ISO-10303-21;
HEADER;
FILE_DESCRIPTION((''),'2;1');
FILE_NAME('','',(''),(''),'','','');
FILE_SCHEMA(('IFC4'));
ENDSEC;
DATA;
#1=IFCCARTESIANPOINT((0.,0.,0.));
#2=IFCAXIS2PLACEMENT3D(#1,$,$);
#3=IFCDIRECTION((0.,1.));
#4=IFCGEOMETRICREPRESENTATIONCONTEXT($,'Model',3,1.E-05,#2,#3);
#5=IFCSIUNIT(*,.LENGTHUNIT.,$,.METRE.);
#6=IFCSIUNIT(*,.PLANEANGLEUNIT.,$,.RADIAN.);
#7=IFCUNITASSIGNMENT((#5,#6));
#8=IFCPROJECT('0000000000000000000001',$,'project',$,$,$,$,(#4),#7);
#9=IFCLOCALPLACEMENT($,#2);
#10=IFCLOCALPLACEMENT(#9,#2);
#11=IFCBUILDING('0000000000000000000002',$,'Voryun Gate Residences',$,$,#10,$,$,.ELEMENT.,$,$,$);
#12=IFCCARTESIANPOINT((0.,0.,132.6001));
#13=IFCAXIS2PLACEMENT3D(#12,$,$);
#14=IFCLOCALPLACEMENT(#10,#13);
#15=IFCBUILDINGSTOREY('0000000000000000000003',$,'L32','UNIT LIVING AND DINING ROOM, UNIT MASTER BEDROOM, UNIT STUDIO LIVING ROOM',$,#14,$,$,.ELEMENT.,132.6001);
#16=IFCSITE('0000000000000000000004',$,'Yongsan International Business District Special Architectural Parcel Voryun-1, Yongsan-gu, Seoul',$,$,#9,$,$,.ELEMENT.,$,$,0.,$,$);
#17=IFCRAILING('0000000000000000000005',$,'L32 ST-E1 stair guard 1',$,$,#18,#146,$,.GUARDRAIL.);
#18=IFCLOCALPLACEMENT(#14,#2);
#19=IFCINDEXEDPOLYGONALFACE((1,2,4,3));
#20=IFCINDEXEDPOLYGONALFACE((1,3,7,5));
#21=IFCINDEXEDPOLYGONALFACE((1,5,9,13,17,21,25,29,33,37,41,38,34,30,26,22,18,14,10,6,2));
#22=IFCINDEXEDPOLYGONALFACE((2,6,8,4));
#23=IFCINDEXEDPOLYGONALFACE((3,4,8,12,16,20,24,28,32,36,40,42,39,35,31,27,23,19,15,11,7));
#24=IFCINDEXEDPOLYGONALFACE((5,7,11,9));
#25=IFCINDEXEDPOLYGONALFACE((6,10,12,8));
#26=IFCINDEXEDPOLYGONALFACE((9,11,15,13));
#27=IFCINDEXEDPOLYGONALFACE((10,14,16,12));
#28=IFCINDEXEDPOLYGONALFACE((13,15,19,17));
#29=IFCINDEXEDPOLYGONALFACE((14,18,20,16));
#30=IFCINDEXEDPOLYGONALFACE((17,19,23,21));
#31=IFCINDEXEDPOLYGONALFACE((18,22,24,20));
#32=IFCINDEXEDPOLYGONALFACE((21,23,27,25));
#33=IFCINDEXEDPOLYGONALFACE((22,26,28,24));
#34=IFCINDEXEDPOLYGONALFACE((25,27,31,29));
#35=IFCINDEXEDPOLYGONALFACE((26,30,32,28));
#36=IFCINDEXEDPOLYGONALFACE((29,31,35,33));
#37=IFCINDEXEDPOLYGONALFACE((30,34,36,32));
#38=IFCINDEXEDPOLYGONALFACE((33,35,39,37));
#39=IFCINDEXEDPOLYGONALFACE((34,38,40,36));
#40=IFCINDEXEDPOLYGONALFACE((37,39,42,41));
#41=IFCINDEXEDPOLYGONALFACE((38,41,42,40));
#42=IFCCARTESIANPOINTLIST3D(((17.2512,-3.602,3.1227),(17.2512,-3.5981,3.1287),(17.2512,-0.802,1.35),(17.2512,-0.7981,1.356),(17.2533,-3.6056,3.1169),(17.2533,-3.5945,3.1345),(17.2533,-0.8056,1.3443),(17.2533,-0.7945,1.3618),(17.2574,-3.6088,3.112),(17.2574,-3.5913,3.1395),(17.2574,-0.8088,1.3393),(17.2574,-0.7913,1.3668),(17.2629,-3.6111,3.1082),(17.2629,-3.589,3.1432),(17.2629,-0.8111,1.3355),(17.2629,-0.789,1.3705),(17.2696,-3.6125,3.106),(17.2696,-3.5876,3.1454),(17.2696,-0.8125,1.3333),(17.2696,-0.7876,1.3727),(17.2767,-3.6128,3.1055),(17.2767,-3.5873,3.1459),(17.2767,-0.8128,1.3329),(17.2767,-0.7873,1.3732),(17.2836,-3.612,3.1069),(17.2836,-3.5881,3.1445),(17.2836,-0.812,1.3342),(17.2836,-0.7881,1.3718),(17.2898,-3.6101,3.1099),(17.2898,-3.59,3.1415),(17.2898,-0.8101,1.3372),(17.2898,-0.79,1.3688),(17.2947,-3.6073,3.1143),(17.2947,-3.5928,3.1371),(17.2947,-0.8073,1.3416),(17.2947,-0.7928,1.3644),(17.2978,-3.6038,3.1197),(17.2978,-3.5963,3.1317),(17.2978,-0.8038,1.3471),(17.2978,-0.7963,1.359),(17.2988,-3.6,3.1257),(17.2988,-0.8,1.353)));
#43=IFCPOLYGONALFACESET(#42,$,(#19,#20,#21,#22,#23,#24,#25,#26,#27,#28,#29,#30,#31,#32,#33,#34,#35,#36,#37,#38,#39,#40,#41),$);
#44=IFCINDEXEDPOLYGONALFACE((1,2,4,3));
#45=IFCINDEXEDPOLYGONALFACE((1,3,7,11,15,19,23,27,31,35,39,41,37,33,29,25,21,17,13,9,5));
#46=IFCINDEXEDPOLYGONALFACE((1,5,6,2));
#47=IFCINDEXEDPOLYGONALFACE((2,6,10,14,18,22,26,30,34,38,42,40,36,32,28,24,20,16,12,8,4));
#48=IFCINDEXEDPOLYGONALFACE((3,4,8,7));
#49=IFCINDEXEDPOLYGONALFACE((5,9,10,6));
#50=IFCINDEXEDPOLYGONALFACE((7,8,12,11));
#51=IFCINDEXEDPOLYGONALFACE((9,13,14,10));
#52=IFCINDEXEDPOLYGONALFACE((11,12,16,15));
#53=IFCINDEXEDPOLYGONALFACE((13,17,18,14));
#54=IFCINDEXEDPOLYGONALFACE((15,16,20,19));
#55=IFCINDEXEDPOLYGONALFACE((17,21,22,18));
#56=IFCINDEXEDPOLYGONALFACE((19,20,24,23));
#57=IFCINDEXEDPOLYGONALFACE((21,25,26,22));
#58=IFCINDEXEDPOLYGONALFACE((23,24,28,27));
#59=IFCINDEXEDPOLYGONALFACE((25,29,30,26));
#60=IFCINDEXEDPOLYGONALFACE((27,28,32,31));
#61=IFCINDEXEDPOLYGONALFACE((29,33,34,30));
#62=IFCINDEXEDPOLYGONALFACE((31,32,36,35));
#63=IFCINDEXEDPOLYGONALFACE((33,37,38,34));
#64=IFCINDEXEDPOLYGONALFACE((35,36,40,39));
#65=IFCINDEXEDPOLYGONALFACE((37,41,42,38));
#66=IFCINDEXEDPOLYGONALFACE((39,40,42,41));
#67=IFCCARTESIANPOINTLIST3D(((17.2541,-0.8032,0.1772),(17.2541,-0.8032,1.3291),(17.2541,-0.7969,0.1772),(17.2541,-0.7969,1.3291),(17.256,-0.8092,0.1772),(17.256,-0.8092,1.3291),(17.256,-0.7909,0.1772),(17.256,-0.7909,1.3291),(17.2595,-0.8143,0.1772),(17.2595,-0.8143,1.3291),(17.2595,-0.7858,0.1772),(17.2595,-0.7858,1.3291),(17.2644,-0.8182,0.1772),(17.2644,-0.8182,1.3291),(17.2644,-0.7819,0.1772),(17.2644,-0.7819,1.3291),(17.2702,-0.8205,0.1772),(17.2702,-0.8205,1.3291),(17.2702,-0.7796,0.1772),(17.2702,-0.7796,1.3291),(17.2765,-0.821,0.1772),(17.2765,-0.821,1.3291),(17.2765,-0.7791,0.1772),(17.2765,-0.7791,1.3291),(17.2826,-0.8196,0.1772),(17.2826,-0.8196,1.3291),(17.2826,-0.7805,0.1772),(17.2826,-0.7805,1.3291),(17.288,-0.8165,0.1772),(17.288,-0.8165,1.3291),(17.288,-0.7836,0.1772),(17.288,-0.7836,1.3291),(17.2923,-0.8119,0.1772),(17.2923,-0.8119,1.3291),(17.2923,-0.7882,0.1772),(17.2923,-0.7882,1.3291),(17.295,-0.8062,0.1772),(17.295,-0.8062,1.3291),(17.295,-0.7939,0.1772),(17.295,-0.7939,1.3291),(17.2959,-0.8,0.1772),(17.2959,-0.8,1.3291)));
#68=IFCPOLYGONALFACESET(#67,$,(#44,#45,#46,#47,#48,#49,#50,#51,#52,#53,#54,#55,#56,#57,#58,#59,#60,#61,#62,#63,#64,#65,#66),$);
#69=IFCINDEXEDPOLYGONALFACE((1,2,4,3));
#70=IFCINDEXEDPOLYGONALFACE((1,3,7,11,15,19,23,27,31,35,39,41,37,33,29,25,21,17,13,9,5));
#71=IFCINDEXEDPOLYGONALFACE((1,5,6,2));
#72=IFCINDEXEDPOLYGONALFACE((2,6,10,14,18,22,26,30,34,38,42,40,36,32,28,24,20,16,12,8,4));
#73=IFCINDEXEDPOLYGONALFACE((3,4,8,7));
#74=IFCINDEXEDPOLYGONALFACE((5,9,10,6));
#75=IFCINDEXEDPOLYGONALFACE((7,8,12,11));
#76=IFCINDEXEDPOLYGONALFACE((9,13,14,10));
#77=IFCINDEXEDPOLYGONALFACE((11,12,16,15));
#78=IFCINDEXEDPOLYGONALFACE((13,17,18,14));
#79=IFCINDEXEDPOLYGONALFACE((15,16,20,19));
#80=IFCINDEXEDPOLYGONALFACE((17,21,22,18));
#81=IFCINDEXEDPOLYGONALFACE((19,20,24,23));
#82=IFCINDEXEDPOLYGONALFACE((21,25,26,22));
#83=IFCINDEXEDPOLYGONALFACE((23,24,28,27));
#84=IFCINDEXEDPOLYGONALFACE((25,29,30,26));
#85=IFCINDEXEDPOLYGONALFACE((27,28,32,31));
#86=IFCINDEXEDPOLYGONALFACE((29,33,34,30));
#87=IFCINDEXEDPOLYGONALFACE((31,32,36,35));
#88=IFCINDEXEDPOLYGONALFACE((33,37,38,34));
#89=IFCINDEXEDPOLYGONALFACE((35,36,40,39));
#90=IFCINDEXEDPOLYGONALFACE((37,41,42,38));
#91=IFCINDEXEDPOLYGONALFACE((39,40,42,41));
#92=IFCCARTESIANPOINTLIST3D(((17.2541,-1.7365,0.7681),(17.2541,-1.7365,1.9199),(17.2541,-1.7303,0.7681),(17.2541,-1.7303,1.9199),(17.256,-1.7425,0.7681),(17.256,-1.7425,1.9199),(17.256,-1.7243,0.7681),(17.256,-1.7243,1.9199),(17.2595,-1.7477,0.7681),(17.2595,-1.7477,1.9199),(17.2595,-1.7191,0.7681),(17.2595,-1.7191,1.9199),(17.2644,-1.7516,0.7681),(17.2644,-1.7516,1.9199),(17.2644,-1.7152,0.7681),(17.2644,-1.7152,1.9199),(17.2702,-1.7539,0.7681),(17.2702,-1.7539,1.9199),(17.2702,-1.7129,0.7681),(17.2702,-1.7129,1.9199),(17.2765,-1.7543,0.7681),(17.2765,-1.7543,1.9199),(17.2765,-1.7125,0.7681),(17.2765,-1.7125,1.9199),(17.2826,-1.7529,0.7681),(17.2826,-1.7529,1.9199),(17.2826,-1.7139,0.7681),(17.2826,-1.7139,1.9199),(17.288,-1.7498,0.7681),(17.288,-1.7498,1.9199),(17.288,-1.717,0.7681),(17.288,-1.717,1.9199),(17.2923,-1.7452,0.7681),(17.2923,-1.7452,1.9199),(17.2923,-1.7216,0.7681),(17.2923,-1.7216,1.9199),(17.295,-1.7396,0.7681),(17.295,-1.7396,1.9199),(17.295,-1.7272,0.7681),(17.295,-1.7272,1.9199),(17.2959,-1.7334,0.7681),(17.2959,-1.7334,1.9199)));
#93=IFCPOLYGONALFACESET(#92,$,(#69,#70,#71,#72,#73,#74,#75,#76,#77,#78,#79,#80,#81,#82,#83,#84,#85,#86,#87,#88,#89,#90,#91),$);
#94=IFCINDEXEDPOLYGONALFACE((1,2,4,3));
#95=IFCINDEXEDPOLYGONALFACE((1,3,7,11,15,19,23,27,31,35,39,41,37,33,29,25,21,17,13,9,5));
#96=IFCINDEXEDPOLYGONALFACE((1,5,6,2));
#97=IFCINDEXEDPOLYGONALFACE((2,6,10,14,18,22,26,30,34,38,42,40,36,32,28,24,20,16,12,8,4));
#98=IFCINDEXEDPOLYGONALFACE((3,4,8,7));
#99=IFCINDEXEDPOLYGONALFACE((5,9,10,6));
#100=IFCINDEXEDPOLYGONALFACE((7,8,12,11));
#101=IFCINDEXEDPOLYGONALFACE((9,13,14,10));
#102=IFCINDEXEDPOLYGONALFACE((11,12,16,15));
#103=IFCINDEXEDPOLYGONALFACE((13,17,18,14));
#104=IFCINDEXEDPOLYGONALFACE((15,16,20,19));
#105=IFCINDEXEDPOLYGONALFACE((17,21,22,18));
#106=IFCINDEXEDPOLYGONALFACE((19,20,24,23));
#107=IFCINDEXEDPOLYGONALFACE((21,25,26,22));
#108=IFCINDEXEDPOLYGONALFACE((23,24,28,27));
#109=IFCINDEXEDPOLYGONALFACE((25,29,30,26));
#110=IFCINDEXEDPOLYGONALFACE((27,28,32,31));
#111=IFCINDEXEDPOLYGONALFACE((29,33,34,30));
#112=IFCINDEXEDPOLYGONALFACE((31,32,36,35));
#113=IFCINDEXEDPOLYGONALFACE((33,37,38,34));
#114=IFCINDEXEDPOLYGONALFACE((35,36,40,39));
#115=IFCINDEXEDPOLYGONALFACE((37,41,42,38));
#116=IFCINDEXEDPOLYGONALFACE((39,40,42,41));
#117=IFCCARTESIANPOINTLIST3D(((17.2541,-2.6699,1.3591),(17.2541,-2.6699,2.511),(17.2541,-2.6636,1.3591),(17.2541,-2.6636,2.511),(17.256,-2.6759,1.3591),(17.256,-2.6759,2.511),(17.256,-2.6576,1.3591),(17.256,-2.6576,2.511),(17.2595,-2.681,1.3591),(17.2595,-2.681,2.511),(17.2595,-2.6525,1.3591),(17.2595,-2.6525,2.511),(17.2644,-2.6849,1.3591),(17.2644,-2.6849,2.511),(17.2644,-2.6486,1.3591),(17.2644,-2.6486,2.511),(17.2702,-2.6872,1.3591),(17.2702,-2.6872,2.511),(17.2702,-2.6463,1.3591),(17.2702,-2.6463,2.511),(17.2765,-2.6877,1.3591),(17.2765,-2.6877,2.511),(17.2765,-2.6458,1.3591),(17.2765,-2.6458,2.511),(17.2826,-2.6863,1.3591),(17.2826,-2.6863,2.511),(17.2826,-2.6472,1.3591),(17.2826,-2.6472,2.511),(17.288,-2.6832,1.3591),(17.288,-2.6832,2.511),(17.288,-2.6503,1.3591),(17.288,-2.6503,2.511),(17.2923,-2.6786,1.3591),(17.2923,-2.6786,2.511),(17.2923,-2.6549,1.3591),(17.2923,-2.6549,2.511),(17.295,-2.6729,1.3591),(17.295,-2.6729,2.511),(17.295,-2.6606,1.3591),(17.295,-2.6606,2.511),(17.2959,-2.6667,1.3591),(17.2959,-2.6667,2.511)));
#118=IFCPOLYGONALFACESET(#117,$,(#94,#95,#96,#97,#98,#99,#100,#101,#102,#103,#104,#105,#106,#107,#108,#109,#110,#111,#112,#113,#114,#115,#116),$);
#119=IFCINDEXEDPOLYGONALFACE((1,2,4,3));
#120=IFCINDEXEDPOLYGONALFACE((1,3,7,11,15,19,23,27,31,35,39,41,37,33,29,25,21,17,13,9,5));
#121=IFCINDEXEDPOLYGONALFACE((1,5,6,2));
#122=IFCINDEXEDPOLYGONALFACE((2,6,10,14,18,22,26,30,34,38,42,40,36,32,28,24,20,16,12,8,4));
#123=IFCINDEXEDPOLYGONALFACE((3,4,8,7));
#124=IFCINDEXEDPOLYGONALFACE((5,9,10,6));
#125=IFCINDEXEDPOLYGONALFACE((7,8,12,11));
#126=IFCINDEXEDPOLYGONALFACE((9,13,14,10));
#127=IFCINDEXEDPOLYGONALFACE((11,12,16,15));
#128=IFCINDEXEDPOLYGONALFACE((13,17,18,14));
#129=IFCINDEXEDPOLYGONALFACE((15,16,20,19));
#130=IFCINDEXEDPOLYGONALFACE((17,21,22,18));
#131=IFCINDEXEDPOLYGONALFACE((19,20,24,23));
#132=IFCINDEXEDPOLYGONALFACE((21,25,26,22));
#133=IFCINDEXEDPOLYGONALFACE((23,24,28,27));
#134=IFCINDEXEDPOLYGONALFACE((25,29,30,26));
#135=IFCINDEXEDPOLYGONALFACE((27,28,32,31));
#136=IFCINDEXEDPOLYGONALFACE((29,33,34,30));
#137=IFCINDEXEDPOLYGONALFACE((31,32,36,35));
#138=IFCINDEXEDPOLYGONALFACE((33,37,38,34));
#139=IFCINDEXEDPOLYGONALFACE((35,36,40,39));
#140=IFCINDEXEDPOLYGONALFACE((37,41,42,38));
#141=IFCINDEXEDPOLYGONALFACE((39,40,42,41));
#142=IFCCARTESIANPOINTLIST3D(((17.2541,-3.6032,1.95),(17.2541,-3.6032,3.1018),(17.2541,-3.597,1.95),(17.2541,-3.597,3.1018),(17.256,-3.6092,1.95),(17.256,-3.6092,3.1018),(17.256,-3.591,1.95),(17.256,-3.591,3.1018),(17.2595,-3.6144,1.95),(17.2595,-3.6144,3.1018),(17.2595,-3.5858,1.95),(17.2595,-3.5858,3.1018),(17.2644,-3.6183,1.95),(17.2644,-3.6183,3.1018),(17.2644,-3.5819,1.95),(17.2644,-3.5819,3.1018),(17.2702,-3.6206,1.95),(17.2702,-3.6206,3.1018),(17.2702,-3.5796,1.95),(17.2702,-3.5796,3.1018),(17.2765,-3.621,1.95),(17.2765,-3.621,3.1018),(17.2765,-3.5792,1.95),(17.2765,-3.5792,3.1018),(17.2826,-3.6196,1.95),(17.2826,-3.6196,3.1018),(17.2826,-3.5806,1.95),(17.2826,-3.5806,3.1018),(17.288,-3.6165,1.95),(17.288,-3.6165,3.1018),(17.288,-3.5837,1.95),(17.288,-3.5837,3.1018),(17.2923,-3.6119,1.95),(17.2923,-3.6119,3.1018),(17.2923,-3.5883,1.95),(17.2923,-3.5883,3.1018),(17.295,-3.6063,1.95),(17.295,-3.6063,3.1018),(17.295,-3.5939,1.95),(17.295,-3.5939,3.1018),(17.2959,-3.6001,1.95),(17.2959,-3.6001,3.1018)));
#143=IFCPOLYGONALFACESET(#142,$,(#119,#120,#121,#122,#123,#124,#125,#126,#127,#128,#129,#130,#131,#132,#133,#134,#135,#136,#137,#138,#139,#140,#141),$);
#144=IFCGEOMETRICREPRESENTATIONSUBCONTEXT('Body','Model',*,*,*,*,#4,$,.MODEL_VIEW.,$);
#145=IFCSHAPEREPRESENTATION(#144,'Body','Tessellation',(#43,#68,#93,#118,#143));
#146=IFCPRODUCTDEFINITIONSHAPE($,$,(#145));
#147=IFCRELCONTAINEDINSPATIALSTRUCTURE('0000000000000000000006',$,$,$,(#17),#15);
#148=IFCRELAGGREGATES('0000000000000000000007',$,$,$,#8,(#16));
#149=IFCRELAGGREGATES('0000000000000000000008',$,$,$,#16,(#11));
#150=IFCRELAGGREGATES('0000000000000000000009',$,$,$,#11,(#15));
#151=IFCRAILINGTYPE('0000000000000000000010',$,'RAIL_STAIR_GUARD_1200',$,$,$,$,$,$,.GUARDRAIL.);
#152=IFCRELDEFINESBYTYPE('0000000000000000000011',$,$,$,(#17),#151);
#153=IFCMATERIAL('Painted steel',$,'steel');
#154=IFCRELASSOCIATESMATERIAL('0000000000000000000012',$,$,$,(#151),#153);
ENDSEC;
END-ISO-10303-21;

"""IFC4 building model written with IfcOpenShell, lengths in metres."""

from ifc_helpers import new_model, si_unit, direction, frame, origin, origin_2d, place, context, subcontext, project, spatial, circle, extrude, material, type_object, element, save


model = new_model("IFC4")

# Units and contexts
model_context = context("Model", 3, precision=1e-05, world=origin(), true_north=direction((0.0, 1.0)))
body_context = subcontext(model_context, "Body", "Model", "MODEL_VIEW")
ifc_project = project(units=[si_unit("LENGTHUNIT", "METRE"), si_unit("PLANEANGLEUNIT", "RADIAN")], contexts=[model_context])

# Site, building, storey
site_placement = place(None, origin())
site = spatial("IfcSite", under=ifc_project, at=site_placement, Name="Yongsan International Business District Special Architectural Parcel Voryun-1, Yongsan-gu, Seoul", CompositionType="ELEMENT", RefElevation=0.0)
building_placement = place(site_placement, origin())
building = spatial("IfcBuilding", under=site, at=building_placement, Name="Voryun Gate Residences", CompositionType="ELEMENT")
storey_placement = place(building_placement, frame((0.0, 0.0, 132.6001)))
storey = spatial("IfcBuildingStorey", under=building, at=storey_placement, Name="L32", Description="UNIT LIVING AND DINING ROOM, UNIT MASTER BEDROOM, UNIT STUDIO LIVING ROOM", CompositionType="ELEMENT", Elevation=132.6001)

# Railing
ifc_material_1 = material(Name="Painted steel", Category="steel")
railing_type_1 = type_object("IfcRailingType", Name="RAIL_STAIR_GUARD_1200", PredefinedType="GUARDRAIL", material=ifc_material_1)
railing_1_placement = place(storey_placement, frame((17.2749, -0.8, 0.1772)))
element("IfcRailing", 1, at=railing_1_placement, inside=storey, type_object=railing_type_1, Name="L32 ST-E1 stair guard 1", PredefinedType="GUARDRAIL", context=body_context, shape_type="SweptSolid", body=[
    extrude(circle(Radius=0.0239, at=origin_2d()), frame((0.0, 0.0, 1.1758), z_axis=(0.0, -0.844909, 0.53491), x_axis=(1.0, 0.0, 0.0)), (0.0, 0.0, 1.0), 3.314),
    extrude(circle(Radius=0.021, at=origin_2d()), origin(), (0.0, 0.0, 1.0), 1.1519),
    extrude(circle(Radius=0.021, at=origin_2d()), frame((0.0, -0.9333, 0.5908)), (0.0, 0.0, 1.0), 1.1519),
    extrude(circle(Radius=0.021, at=origin_2d()), frame((0.0, -1.8667, 1.1819)), (0.0, 0.0, 1.0), 1.1519),
    extrude(circle(Radius=0.021, at=origin_2d()), frame((0.0, -2.8, 1.7727)), (0.0, 0.0, 1.0), 1.1519),
])

save(model, "model.ifc")
